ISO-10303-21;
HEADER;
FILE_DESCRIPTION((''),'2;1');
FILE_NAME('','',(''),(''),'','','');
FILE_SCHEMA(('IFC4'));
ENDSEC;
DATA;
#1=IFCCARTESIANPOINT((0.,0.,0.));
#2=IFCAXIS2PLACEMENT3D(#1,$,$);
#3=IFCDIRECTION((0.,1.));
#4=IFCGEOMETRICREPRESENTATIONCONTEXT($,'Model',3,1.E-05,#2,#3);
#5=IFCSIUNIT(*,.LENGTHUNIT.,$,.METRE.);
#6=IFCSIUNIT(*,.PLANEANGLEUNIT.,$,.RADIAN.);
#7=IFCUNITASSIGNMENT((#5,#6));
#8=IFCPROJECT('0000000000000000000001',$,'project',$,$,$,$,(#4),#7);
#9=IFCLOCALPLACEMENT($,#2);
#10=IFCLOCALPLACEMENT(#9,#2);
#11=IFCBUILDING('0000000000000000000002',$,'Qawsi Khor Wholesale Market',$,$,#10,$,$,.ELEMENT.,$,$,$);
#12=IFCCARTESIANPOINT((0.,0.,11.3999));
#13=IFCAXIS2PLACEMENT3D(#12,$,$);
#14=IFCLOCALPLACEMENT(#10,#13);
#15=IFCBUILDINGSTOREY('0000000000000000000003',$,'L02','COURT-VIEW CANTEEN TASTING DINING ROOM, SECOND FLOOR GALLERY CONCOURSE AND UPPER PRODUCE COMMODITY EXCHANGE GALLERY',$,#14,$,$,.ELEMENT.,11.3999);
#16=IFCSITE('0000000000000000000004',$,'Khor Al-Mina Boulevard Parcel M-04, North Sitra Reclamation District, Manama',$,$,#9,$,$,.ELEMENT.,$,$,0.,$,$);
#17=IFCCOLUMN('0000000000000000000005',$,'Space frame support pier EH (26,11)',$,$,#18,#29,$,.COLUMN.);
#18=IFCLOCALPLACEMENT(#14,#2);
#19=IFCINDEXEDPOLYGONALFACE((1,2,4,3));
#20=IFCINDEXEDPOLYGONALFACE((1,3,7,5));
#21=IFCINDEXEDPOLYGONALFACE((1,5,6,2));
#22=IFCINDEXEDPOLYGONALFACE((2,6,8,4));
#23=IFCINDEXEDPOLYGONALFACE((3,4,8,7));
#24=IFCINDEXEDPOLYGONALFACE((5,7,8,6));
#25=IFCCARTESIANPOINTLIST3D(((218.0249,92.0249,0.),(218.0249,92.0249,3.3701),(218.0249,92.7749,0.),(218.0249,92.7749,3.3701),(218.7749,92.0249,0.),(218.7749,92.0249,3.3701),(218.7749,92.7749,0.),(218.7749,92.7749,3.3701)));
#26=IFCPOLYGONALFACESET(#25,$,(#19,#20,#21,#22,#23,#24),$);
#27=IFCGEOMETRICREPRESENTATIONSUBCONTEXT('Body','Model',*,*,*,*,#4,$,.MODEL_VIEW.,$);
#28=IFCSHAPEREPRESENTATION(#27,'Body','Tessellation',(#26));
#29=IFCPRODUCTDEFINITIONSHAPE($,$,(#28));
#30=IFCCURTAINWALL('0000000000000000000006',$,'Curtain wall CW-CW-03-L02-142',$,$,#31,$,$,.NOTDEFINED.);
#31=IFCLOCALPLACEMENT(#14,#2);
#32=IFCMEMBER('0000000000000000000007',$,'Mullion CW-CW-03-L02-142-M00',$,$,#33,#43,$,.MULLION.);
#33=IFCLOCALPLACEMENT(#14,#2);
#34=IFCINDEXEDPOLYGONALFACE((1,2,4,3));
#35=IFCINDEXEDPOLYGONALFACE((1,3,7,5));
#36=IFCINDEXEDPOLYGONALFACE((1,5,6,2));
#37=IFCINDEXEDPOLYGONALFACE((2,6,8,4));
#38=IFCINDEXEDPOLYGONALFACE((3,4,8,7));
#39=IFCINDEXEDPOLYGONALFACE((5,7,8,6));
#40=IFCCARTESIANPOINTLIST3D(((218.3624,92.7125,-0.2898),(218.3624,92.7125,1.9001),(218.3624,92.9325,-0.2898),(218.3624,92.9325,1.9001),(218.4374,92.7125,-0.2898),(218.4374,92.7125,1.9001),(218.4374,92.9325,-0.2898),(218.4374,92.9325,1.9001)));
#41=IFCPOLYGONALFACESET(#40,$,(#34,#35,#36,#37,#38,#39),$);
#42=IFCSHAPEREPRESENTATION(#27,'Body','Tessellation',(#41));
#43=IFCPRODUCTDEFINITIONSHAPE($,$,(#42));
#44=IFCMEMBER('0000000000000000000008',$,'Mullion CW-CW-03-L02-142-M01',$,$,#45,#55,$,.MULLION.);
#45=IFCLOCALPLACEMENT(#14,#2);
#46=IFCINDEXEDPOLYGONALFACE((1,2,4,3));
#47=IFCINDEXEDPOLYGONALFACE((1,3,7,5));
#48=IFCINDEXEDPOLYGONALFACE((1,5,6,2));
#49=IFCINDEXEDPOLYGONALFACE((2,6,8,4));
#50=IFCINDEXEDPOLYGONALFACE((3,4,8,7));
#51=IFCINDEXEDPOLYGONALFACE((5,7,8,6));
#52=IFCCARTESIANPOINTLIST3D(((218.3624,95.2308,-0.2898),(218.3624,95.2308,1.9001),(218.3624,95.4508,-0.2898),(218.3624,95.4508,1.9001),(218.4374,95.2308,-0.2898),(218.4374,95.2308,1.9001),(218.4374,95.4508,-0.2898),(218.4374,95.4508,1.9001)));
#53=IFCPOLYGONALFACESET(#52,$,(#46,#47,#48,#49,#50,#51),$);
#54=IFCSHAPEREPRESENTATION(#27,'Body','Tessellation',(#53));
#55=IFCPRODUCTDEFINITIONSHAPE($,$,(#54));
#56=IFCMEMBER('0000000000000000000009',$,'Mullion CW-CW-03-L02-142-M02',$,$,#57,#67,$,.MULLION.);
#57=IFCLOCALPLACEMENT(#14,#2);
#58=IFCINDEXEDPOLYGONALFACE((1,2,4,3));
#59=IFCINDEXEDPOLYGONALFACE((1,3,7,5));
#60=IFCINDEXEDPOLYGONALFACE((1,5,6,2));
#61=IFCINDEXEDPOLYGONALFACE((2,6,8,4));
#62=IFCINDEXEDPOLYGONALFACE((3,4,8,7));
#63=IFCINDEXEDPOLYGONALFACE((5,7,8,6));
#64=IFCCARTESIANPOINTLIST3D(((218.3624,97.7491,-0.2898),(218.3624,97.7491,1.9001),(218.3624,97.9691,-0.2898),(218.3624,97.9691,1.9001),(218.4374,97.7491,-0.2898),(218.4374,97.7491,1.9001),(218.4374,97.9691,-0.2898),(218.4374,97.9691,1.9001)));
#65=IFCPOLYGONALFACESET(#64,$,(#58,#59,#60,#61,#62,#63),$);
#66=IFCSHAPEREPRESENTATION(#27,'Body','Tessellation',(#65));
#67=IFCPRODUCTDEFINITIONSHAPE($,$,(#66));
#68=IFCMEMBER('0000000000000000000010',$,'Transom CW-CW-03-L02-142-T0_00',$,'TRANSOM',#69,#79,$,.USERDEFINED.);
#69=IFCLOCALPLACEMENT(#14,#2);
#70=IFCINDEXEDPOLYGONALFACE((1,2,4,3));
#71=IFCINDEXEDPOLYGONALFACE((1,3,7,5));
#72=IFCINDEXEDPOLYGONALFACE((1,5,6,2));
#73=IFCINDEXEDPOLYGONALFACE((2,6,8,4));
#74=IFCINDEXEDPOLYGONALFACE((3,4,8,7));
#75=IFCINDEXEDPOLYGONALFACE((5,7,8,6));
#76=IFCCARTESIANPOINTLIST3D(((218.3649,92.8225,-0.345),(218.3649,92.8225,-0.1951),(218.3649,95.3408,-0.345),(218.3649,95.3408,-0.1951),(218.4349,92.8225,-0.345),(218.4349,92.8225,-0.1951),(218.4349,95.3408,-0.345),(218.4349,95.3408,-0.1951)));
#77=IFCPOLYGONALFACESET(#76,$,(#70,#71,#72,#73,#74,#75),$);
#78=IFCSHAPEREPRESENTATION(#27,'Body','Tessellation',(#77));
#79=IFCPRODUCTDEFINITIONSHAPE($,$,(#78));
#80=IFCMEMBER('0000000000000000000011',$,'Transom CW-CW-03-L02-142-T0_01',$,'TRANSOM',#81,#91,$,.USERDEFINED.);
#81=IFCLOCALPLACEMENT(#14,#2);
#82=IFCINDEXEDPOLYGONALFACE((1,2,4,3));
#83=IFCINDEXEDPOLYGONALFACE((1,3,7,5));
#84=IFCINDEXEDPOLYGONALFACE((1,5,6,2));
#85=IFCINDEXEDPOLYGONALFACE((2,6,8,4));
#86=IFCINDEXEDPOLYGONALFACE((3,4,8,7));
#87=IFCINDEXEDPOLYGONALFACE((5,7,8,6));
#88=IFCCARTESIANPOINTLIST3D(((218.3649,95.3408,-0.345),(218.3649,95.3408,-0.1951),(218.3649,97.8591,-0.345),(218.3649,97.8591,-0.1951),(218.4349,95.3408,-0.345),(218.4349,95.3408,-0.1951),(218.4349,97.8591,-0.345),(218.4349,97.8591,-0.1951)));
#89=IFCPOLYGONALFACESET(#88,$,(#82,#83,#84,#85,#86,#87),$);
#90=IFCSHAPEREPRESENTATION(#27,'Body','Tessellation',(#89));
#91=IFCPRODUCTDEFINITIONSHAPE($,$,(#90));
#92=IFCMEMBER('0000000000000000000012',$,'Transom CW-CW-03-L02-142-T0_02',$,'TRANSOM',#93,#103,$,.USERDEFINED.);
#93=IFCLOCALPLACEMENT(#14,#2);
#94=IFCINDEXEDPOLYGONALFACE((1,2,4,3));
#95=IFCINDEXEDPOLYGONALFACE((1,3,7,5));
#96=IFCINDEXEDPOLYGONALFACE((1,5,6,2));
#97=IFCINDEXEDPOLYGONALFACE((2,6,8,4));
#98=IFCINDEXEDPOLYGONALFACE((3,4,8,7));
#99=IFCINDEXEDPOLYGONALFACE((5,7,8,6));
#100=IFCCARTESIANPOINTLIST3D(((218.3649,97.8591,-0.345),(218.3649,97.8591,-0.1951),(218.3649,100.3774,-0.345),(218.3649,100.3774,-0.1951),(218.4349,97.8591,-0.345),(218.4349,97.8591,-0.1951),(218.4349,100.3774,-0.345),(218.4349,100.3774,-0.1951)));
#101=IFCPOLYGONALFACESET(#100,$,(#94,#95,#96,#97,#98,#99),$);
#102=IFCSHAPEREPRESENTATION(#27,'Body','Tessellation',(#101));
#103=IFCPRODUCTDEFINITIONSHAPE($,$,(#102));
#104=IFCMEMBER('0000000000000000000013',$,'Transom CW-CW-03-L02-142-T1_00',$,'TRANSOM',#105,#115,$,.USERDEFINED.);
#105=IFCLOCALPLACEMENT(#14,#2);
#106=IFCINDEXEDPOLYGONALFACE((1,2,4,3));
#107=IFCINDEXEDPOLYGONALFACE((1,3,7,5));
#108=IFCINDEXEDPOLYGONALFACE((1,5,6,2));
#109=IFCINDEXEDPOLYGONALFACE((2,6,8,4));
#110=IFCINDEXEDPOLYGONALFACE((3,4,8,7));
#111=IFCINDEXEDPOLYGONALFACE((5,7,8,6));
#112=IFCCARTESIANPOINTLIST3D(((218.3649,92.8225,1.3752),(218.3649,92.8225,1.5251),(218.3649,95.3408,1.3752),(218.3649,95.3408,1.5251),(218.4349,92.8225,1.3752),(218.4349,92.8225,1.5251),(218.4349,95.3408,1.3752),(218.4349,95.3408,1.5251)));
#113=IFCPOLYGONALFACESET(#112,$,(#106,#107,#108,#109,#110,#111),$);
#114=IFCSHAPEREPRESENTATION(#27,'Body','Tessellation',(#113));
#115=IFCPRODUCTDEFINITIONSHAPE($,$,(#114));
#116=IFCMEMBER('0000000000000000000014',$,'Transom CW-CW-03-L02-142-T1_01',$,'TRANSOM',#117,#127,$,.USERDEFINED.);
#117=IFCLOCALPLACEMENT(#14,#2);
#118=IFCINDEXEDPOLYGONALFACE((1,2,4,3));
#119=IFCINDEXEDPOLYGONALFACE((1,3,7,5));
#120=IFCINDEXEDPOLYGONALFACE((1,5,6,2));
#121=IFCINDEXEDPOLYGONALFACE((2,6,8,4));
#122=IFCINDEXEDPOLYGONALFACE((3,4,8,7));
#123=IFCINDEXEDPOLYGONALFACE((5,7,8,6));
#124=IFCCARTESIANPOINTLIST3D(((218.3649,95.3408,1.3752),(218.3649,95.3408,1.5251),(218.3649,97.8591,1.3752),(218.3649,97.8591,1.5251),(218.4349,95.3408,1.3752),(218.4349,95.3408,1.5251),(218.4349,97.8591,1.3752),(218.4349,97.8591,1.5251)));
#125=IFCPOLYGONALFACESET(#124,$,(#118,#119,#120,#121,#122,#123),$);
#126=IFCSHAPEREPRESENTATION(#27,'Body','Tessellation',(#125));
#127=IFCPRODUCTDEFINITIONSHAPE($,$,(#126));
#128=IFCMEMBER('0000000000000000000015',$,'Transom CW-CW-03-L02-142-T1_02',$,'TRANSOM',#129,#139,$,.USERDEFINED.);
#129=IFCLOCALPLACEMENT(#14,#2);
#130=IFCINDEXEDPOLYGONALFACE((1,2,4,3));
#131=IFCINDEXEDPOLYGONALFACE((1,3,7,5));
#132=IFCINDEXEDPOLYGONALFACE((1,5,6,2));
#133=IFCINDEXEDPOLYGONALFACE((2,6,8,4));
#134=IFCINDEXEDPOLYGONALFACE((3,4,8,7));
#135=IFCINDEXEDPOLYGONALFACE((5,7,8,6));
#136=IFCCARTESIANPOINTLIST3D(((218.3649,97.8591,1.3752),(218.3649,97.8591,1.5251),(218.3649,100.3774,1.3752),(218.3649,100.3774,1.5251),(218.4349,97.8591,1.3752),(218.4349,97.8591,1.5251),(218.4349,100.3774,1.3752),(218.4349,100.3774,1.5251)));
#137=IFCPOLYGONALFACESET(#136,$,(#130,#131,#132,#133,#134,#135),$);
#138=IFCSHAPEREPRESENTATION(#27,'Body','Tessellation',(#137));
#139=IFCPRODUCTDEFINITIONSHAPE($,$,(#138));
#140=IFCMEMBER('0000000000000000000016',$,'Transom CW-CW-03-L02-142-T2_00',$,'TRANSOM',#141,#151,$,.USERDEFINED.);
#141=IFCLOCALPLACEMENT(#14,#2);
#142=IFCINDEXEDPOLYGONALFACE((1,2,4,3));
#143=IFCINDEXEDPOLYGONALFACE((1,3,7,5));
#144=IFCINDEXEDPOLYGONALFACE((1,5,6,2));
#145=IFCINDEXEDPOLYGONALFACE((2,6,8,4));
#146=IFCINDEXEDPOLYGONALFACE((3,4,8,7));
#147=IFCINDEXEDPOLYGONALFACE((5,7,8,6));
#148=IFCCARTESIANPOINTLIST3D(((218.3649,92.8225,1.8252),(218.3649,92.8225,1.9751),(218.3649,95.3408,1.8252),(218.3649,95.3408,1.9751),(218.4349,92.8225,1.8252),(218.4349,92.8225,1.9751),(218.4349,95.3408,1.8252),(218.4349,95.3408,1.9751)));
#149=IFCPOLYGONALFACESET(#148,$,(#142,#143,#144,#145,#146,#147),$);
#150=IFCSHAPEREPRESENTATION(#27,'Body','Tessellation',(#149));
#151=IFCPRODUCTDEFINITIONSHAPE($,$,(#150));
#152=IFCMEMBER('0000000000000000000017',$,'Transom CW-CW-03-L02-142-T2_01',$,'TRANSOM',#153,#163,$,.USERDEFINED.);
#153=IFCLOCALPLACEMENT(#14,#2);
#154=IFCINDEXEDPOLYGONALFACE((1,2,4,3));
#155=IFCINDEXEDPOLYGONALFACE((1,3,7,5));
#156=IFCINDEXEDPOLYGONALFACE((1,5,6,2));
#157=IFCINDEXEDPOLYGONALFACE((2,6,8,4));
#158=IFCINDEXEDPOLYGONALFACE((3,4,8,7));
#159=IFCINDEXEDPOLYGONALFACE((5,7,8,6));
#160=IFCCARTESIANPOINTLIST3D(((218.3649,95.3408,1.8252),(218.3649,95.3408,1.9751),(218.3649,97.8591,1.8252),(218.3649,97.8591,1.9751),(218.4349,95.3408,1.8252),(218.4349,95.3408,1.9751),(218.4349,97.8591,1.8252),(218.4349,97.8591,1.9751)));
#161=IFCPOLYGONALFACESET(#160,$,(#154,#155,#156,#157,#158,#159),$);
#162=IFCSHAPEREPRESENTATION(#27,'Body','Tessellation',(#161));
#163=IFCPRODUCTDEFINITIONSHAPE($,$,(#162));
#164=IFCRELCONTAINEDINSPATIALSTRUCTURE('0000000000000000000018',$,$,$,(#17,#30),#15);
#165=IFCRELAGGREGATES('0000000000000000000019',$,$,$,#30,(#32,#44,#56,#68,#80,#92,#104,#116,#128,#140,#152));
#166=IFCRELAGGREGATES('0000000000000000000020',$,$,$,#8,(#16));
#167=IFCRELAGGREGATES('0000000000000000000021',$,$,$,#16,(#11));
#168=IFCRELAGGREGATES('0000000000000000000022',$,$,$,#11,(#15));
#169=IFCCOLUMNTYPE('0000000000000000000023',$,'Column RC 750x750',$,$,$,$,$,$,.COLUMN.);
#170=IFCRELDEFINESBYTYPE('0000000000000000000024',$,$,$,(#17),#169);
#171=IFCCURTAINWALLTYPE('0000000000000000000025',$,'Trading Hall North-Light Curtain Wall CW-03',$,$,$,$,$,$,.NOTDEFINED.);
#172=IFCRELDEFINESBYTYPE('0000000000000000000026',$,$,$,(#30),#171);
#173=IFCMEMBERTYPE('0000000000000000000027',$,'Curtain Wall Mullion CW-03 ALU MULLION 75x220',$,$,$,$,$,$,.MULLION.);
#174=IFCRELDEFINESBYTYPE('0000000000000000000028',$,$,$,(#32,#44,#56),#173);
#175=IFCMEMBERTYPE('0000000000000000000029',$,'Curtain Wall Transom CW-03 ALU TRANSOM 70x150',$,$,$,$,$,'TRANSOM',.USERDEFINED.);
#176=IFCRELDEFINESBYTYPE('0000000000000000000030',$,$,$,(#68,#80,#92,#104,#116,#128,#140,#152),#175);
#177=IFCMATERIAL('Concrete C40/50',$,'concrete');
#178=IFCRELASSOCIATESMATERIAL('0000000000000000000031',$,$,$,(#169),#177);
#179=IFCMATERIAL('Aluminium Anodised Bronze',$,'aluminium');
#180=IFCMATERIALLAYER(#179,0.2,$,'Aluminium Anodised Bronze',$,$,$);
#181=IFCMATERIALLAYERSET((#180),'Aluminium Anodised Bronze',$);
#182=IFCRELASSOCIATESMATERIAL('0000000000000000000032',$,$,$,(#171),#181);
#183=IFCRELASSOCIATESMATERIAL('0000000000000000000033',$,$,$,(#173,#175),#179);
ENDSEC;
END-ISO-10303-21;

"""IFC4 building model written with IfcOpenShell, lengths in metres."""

from ifc_helpers import new_model, si_unit, direction, frame, origin, origin_2d, place, context, subcontext, project, spatial, rectangle, extrude, material, layer, layer_set, material_profile, profile_set, type_object, element, aggregate, save


model = new_model("IFC4")

# Units and contexts
model_context = context("Model", 3, precision=1e-05, world=origin(), true_north=direction((0.0, 1.0)))
body_context = subcontext(model_context, "Body", "Model", "MODEL_VIEW")
ifc_project = project(units=[si_unit("LENGTHUNIT", "METRE"), si_unit("PLANEANGLEUNIT", "RADIAN")], contexts=[model_context])

# Site, building, storey
site_placement = place(None, origin())
site = spatial("IfcSite", under=ifc_project, at=site_placement, Name="Khor Al-Mina Boulevard Parcel M-04, North Sitra Reclamation District, Manama", CompositionType="ELEMENT", RefElevation=0.0)
building_placement = place(site_placement, origin())
building = spatial("IfcBuilding", under=site, at=building_placement, Name="Qawsi Khor Wholesale Market", CompositionType="ELEMENT")
storey_placement = place(building_placement, frame((0.0, 0.0, 11.3999)))
storey = spatial("IfcBuildingStorey", under=building, at=storey_placement, Name="L02", Description="COURT-VIEW CANTEEN TASTING DINING ROOM, SECOND FLOOR GALLERY CONCOURSE AND UPPER PRODUCE COMMODITY EXCHANGE GALLERY", CompositionType="ELEMENT", Elevation=11.3999)

# Column
ifc_material_1 = material(Name="Concrete C40/50", Category="concrete")
ifc_material_profile_1 = material_profile(ifc_material_1, rectangle(XDim=0.75, YDim=0.75, at=origin_2d()), Name="RC 750x750")
ifc_profile_set_1 = profile_set([ifc_material_profile_1], Name="Concrete C40/50")
column_type = type_object("IfcColumnType", Name="Column RC 750x750", PredefinedType="COLUMN", material=ifc_profile_set_1)
column_placement = place(storey_placement, frame((218.3999, 92.3999, 0.0), z_axis=(0.0, 0.0, 1.0), x_axis=(1.0, 0.0, 0.0)))
element("IfcColumn", 1, at=column_placement, inside=storey, type_object=column_type, Name="Space frame support pier EH (26,11)", PredefinedType="COLUMN", context=body_context, shape_type="SweptSolid", body=[
    extrude(rectangle(XDim=0.75, YDim=0.75, at=origin_2d()), origin(), (0.0, 0.0, 1.0), 3.3701),
])

# Curtain wall, members
ifc_material_2 = material(Name="Aluminium Anodised Bronze", Category="aluminium")
ifc_layer_1 = layer(ifc_material_2, 0.2, Name="Aluminium Anodised Bronze")
ifc_layer_set_1 = layer_set([ifc_layer_1], Name="Aluminium Anodised Bronze")
curtain_wall_type = type_object("IfcCurtainWallType", Name="Trading Hall North-Light Curtain Wall CW-03", PredefinedType="NOTDEFINED", material=ifc_layer_set_1)
curtain_wall_placement = place(storey_placement, origin())
curtain_wall = element("IfcCurtainWall", 2, at=curtain_wall_placement, inside=storey, type_object=curtain_wall_type, Name="Curtain wall CW-CW-03-L02-142", PredefinedType="NOTDEFINED")
ifc_material_profile_2 = material_profile(ifc_material_2, rectangle(XDim=0.075, YDim=0.22, at=origin_2d()), Name="ALU MULLION 75x220")
ifc_profile_set_2 = profile_set([ifc_material_profile_2], Name="Aluminium Anodised Bronze")
member_type_1 = type_object("IfcMemberType", Name="Curtain Wall Mullion CW-03 ALU MULLION 75x220", PredefinedType="MULLION", material=ifc_profile_set_2)
member_1_placement = place(storey_placement, frame((218.3999, 92.8225, -0.2898), z_axis=(0.0, 0.0, 1.0), x_axis=(1.0, 0.0, 0.0)))
member_1 = element("IfcMember", 3, at=member_1_placement, type_object=member_type_1, Name="Mullion CW-CW-03-L02-142-M00", PredefinedType="MULLION", context=body_context, shape_type="SweptSolid", body=[
    extrude(rectangle(XDim=0.075, YDim=0.22, at=origin_2d()), origin(), (0.0, 0.0, 1.0), 2.1899),
])
member_2_placement = place(storey_placement, frame((218.3999, 95.3408, -0.2898), z_axis=(0.0, 0.0, 1.0), x_axis=(1.0, 0.0, 0.0)))
member_2 = element("IfcMember", 4, at=member_2_placement, type_object=member_type_1, Name="Mullion CW-CW-03-L02-142-M01", PredefinedType="MULLION", context=body_context, shape_type="SweptSolid", body=[
    extrude(rectangle(XDim=0.075, YDim=0.22, at=origin_2d()), origin(), (0.0, 0.0, 1.0), 2.1899),
])
member_3_placement = place(storey_placement, frame((218.3999, 97.8591, -0.2898), z_axis=(0.0, 0.0, 1.0), x_axis=(1.0, 0.0, 0.0)))
member_3 = element("IfcMember", 5, at=member_3_placement, type_object=member_type_1, Name="Mullion CW-CW-03-L02-142-M02", PredefinedType="MULLION", context=body_context, shape_type="SweptSolid", body=[
    extrude(rectangle(XDim=0.075, YDim=0.22, at=origin_2d()), origin(), (0.0, 0.0, 1.0), 2.1899),
])
ifc_material_profile_3 = material_profile(ifc_material_2, rectangle(XDim=0.0701, YDim=0.1499, at=origin_2d()), Name="ALU TRANSOM 70x150")
ifc_profile_set_3 = profile_set([ifc_material_profile_3], Name="Aluminium Anodised Bronze")
member_type_2 = type_object("IfcMemberType", Name="Curtain Wall Transom CW-03 ALU TRANSOM 70x150", ElementType="TRANSOM", PredefinedType="USERDEFINED", material=ifc_profile_set_3)
member_4_placement = place(storey_placement, frame((218.3999, 92.8225, -0.27), z_axis=(0.0, 1.0, 0.0), x_axis=(-1.0, 0.0, 0.0)))
member_4 = element("IfcMember", 6, at=member_4_placement, type_object=member_type_2, Name="Transom CW-CW-03-L02-142-T0_00", ObjectType="TRANSOM", PredefinedType="USERDEFINED", context=body_context, shape_type="SweptSolid", body=[
    extrude(rectangle(XDim=0.0701, YDim=0.1499, at=origin_2d()), origin(), (0.0, 0.0, 1.0), 2.5183),
])
member_5_placement = place(storey_placement, frame((218.3999, 95.3408, -0.27), z_axis=(0.0, 1.0, 0.0), x_axis=(-1.0, 0.0, 0.0)))
member_5 = element("IfcMember", 7, at=member_5_placement, type_object=member_type_2, Name="Transom CW-CW-03-L02-142-T0_01", ObjectType="TRANSOM", PredefinedType="USERDEFINED", context=body_context, shape_type="SweptSolid", body=[
    extrude(rectangle(XDim=0.0701, YDim=0.1499, at=origin_2d()), origin(), (0.0, 0.0, 1.0), 2.5183),
])
member_6_placement = place(storey_placement, frame((218.3999, 97.8591, -0.27), z_axis=(0.0, 1.0, 0.0), x_axis=(-1.0, 0.0, 0.0)))
member_6 = element("IfcMember", 8, at=member_6_placement, type_object=member_type_2, Name="Transom CW-CW-03-L02-142-T0_02", ObjectType="TRANSOM", PredefinedType="USERDEFINED", context=body_context, shape_type="SweptSolid", body=[
    extrude(rectangle(XDim=0.0701, YDim=0.1499, at=origin_2d()), origin(), (0.0, 0.0, 1.0), 2.5183),
])
member_7_placement = place(storey_placement, frame((218.3999, 92.8225, 1.4502), z_axis=(0.0, 1.0, 0.0), x_axis=(-1.0, 0.0, 0.0)))
member_7 = element("IfcMember", 9, at=member_7_placement, type_object=member_type_2, Name="Transom CW-CW-03-L02-142-T1_00", ObjectType="TRANSOM", PredefinedType="USERDEFINED", context=body_context, shape_type="SweptSolid", body=[
    extrude(rectangle(XDim=0.0701, YDim=0.1499, at=origin_2d()), origin(), (0.0, 0.0, 1.0), 2.5183),
])
member_8_placement = place(storey_placement, frame((218.3999, 95.3408, 1.4502), z_axis=(0.0, 1.0, 0.0), x_axis=(-1.0, 0.0, 0.0)))
member_8 = element("IfcMember", 10, at=member_8_placement, type_object=member_type_2, Name="Transom CW-CW-03-L02-142-T1_01", ObjectType="TRANSOM", PredefinedType="USERDEFINED", context=body_context, shape_type="SweptSolid", body=[
    extrude(rectangle(XDim=0.0701, YDim=0.1499, at=origin_2d()), origin(), (0.0, 0.0, 1.0), 2.5183),
])
member_9_placement = place(storey_placement, frame((218.3999, 97.8591, 1.4502), z_axis=(0.0, 1.0, 0.0), x_axis=(-1.0, 0.0, 0.0)))
member_9 = element("IfcMember", 11, at=member_9_placement, type_object=member_type_2, Name="Transom CW-CW-03-L02-142-T1_02", ObjectType="TRANSOM", PredefinedType="USERDEFINED", context=body_context, shape_type="SweptSolid", body=[
    extrude(rectangle(XDim=0.0701, YDim=0.1499, at=origin_2d()), origin(), (0.0, 0.0, 1.0), 2.5183),
])
member_10_placement = place(storey_placement, frame((218.3999, 92.8225, 1.9001), z_axis=(0.0, 1.0, 0.0), x_axis=(-1.0, 0.0, 0.0)))
member_10 = element("IfcMember", 12, at=member_10_placement, type_object=member_type_2, Name="Transom CW-CW-03-L02-142-T2_00", ObjectType="TRANSOM", PredefinedType="USERDEFINED", context=body_context, shape_type="SweptSolid", body=[
    extrude(rectangle(XDim=0.0701, YDim=0.1499, at=origin_2d()), origin(), (0.0, 0.0, 1.0), 2.5183),
])
member_11_placement = place(storey_placement, frame((218.3999, 95.3408, 1.9001), z_axis=(0.0, 1.0, 0.0), x_axis=(-1.0, 0.0, 0.0)))
member_11 = element("IfcMember", 13, at=member_11_placement, type_object=member_type_2, Name="Transom CW-CW-03-L02-142-T2_01", ObjectType="TRANSOM", PredefinedType="USERDEFINED", context=body_context, shape_type="SweptSolid", body=[
    extrude(rectangle(XDim=0.0701, YDim=0.1499, at=origin_2d()), origin(), (0.0, 0.0, 1.0), 2.5183),
])

aggregate(curtain_wall, [member_1, member_2, member_3, member_4, member_5, member_6, member_7, member_8, member_9, member_10, member_11])

save(model, "model.ifc")
